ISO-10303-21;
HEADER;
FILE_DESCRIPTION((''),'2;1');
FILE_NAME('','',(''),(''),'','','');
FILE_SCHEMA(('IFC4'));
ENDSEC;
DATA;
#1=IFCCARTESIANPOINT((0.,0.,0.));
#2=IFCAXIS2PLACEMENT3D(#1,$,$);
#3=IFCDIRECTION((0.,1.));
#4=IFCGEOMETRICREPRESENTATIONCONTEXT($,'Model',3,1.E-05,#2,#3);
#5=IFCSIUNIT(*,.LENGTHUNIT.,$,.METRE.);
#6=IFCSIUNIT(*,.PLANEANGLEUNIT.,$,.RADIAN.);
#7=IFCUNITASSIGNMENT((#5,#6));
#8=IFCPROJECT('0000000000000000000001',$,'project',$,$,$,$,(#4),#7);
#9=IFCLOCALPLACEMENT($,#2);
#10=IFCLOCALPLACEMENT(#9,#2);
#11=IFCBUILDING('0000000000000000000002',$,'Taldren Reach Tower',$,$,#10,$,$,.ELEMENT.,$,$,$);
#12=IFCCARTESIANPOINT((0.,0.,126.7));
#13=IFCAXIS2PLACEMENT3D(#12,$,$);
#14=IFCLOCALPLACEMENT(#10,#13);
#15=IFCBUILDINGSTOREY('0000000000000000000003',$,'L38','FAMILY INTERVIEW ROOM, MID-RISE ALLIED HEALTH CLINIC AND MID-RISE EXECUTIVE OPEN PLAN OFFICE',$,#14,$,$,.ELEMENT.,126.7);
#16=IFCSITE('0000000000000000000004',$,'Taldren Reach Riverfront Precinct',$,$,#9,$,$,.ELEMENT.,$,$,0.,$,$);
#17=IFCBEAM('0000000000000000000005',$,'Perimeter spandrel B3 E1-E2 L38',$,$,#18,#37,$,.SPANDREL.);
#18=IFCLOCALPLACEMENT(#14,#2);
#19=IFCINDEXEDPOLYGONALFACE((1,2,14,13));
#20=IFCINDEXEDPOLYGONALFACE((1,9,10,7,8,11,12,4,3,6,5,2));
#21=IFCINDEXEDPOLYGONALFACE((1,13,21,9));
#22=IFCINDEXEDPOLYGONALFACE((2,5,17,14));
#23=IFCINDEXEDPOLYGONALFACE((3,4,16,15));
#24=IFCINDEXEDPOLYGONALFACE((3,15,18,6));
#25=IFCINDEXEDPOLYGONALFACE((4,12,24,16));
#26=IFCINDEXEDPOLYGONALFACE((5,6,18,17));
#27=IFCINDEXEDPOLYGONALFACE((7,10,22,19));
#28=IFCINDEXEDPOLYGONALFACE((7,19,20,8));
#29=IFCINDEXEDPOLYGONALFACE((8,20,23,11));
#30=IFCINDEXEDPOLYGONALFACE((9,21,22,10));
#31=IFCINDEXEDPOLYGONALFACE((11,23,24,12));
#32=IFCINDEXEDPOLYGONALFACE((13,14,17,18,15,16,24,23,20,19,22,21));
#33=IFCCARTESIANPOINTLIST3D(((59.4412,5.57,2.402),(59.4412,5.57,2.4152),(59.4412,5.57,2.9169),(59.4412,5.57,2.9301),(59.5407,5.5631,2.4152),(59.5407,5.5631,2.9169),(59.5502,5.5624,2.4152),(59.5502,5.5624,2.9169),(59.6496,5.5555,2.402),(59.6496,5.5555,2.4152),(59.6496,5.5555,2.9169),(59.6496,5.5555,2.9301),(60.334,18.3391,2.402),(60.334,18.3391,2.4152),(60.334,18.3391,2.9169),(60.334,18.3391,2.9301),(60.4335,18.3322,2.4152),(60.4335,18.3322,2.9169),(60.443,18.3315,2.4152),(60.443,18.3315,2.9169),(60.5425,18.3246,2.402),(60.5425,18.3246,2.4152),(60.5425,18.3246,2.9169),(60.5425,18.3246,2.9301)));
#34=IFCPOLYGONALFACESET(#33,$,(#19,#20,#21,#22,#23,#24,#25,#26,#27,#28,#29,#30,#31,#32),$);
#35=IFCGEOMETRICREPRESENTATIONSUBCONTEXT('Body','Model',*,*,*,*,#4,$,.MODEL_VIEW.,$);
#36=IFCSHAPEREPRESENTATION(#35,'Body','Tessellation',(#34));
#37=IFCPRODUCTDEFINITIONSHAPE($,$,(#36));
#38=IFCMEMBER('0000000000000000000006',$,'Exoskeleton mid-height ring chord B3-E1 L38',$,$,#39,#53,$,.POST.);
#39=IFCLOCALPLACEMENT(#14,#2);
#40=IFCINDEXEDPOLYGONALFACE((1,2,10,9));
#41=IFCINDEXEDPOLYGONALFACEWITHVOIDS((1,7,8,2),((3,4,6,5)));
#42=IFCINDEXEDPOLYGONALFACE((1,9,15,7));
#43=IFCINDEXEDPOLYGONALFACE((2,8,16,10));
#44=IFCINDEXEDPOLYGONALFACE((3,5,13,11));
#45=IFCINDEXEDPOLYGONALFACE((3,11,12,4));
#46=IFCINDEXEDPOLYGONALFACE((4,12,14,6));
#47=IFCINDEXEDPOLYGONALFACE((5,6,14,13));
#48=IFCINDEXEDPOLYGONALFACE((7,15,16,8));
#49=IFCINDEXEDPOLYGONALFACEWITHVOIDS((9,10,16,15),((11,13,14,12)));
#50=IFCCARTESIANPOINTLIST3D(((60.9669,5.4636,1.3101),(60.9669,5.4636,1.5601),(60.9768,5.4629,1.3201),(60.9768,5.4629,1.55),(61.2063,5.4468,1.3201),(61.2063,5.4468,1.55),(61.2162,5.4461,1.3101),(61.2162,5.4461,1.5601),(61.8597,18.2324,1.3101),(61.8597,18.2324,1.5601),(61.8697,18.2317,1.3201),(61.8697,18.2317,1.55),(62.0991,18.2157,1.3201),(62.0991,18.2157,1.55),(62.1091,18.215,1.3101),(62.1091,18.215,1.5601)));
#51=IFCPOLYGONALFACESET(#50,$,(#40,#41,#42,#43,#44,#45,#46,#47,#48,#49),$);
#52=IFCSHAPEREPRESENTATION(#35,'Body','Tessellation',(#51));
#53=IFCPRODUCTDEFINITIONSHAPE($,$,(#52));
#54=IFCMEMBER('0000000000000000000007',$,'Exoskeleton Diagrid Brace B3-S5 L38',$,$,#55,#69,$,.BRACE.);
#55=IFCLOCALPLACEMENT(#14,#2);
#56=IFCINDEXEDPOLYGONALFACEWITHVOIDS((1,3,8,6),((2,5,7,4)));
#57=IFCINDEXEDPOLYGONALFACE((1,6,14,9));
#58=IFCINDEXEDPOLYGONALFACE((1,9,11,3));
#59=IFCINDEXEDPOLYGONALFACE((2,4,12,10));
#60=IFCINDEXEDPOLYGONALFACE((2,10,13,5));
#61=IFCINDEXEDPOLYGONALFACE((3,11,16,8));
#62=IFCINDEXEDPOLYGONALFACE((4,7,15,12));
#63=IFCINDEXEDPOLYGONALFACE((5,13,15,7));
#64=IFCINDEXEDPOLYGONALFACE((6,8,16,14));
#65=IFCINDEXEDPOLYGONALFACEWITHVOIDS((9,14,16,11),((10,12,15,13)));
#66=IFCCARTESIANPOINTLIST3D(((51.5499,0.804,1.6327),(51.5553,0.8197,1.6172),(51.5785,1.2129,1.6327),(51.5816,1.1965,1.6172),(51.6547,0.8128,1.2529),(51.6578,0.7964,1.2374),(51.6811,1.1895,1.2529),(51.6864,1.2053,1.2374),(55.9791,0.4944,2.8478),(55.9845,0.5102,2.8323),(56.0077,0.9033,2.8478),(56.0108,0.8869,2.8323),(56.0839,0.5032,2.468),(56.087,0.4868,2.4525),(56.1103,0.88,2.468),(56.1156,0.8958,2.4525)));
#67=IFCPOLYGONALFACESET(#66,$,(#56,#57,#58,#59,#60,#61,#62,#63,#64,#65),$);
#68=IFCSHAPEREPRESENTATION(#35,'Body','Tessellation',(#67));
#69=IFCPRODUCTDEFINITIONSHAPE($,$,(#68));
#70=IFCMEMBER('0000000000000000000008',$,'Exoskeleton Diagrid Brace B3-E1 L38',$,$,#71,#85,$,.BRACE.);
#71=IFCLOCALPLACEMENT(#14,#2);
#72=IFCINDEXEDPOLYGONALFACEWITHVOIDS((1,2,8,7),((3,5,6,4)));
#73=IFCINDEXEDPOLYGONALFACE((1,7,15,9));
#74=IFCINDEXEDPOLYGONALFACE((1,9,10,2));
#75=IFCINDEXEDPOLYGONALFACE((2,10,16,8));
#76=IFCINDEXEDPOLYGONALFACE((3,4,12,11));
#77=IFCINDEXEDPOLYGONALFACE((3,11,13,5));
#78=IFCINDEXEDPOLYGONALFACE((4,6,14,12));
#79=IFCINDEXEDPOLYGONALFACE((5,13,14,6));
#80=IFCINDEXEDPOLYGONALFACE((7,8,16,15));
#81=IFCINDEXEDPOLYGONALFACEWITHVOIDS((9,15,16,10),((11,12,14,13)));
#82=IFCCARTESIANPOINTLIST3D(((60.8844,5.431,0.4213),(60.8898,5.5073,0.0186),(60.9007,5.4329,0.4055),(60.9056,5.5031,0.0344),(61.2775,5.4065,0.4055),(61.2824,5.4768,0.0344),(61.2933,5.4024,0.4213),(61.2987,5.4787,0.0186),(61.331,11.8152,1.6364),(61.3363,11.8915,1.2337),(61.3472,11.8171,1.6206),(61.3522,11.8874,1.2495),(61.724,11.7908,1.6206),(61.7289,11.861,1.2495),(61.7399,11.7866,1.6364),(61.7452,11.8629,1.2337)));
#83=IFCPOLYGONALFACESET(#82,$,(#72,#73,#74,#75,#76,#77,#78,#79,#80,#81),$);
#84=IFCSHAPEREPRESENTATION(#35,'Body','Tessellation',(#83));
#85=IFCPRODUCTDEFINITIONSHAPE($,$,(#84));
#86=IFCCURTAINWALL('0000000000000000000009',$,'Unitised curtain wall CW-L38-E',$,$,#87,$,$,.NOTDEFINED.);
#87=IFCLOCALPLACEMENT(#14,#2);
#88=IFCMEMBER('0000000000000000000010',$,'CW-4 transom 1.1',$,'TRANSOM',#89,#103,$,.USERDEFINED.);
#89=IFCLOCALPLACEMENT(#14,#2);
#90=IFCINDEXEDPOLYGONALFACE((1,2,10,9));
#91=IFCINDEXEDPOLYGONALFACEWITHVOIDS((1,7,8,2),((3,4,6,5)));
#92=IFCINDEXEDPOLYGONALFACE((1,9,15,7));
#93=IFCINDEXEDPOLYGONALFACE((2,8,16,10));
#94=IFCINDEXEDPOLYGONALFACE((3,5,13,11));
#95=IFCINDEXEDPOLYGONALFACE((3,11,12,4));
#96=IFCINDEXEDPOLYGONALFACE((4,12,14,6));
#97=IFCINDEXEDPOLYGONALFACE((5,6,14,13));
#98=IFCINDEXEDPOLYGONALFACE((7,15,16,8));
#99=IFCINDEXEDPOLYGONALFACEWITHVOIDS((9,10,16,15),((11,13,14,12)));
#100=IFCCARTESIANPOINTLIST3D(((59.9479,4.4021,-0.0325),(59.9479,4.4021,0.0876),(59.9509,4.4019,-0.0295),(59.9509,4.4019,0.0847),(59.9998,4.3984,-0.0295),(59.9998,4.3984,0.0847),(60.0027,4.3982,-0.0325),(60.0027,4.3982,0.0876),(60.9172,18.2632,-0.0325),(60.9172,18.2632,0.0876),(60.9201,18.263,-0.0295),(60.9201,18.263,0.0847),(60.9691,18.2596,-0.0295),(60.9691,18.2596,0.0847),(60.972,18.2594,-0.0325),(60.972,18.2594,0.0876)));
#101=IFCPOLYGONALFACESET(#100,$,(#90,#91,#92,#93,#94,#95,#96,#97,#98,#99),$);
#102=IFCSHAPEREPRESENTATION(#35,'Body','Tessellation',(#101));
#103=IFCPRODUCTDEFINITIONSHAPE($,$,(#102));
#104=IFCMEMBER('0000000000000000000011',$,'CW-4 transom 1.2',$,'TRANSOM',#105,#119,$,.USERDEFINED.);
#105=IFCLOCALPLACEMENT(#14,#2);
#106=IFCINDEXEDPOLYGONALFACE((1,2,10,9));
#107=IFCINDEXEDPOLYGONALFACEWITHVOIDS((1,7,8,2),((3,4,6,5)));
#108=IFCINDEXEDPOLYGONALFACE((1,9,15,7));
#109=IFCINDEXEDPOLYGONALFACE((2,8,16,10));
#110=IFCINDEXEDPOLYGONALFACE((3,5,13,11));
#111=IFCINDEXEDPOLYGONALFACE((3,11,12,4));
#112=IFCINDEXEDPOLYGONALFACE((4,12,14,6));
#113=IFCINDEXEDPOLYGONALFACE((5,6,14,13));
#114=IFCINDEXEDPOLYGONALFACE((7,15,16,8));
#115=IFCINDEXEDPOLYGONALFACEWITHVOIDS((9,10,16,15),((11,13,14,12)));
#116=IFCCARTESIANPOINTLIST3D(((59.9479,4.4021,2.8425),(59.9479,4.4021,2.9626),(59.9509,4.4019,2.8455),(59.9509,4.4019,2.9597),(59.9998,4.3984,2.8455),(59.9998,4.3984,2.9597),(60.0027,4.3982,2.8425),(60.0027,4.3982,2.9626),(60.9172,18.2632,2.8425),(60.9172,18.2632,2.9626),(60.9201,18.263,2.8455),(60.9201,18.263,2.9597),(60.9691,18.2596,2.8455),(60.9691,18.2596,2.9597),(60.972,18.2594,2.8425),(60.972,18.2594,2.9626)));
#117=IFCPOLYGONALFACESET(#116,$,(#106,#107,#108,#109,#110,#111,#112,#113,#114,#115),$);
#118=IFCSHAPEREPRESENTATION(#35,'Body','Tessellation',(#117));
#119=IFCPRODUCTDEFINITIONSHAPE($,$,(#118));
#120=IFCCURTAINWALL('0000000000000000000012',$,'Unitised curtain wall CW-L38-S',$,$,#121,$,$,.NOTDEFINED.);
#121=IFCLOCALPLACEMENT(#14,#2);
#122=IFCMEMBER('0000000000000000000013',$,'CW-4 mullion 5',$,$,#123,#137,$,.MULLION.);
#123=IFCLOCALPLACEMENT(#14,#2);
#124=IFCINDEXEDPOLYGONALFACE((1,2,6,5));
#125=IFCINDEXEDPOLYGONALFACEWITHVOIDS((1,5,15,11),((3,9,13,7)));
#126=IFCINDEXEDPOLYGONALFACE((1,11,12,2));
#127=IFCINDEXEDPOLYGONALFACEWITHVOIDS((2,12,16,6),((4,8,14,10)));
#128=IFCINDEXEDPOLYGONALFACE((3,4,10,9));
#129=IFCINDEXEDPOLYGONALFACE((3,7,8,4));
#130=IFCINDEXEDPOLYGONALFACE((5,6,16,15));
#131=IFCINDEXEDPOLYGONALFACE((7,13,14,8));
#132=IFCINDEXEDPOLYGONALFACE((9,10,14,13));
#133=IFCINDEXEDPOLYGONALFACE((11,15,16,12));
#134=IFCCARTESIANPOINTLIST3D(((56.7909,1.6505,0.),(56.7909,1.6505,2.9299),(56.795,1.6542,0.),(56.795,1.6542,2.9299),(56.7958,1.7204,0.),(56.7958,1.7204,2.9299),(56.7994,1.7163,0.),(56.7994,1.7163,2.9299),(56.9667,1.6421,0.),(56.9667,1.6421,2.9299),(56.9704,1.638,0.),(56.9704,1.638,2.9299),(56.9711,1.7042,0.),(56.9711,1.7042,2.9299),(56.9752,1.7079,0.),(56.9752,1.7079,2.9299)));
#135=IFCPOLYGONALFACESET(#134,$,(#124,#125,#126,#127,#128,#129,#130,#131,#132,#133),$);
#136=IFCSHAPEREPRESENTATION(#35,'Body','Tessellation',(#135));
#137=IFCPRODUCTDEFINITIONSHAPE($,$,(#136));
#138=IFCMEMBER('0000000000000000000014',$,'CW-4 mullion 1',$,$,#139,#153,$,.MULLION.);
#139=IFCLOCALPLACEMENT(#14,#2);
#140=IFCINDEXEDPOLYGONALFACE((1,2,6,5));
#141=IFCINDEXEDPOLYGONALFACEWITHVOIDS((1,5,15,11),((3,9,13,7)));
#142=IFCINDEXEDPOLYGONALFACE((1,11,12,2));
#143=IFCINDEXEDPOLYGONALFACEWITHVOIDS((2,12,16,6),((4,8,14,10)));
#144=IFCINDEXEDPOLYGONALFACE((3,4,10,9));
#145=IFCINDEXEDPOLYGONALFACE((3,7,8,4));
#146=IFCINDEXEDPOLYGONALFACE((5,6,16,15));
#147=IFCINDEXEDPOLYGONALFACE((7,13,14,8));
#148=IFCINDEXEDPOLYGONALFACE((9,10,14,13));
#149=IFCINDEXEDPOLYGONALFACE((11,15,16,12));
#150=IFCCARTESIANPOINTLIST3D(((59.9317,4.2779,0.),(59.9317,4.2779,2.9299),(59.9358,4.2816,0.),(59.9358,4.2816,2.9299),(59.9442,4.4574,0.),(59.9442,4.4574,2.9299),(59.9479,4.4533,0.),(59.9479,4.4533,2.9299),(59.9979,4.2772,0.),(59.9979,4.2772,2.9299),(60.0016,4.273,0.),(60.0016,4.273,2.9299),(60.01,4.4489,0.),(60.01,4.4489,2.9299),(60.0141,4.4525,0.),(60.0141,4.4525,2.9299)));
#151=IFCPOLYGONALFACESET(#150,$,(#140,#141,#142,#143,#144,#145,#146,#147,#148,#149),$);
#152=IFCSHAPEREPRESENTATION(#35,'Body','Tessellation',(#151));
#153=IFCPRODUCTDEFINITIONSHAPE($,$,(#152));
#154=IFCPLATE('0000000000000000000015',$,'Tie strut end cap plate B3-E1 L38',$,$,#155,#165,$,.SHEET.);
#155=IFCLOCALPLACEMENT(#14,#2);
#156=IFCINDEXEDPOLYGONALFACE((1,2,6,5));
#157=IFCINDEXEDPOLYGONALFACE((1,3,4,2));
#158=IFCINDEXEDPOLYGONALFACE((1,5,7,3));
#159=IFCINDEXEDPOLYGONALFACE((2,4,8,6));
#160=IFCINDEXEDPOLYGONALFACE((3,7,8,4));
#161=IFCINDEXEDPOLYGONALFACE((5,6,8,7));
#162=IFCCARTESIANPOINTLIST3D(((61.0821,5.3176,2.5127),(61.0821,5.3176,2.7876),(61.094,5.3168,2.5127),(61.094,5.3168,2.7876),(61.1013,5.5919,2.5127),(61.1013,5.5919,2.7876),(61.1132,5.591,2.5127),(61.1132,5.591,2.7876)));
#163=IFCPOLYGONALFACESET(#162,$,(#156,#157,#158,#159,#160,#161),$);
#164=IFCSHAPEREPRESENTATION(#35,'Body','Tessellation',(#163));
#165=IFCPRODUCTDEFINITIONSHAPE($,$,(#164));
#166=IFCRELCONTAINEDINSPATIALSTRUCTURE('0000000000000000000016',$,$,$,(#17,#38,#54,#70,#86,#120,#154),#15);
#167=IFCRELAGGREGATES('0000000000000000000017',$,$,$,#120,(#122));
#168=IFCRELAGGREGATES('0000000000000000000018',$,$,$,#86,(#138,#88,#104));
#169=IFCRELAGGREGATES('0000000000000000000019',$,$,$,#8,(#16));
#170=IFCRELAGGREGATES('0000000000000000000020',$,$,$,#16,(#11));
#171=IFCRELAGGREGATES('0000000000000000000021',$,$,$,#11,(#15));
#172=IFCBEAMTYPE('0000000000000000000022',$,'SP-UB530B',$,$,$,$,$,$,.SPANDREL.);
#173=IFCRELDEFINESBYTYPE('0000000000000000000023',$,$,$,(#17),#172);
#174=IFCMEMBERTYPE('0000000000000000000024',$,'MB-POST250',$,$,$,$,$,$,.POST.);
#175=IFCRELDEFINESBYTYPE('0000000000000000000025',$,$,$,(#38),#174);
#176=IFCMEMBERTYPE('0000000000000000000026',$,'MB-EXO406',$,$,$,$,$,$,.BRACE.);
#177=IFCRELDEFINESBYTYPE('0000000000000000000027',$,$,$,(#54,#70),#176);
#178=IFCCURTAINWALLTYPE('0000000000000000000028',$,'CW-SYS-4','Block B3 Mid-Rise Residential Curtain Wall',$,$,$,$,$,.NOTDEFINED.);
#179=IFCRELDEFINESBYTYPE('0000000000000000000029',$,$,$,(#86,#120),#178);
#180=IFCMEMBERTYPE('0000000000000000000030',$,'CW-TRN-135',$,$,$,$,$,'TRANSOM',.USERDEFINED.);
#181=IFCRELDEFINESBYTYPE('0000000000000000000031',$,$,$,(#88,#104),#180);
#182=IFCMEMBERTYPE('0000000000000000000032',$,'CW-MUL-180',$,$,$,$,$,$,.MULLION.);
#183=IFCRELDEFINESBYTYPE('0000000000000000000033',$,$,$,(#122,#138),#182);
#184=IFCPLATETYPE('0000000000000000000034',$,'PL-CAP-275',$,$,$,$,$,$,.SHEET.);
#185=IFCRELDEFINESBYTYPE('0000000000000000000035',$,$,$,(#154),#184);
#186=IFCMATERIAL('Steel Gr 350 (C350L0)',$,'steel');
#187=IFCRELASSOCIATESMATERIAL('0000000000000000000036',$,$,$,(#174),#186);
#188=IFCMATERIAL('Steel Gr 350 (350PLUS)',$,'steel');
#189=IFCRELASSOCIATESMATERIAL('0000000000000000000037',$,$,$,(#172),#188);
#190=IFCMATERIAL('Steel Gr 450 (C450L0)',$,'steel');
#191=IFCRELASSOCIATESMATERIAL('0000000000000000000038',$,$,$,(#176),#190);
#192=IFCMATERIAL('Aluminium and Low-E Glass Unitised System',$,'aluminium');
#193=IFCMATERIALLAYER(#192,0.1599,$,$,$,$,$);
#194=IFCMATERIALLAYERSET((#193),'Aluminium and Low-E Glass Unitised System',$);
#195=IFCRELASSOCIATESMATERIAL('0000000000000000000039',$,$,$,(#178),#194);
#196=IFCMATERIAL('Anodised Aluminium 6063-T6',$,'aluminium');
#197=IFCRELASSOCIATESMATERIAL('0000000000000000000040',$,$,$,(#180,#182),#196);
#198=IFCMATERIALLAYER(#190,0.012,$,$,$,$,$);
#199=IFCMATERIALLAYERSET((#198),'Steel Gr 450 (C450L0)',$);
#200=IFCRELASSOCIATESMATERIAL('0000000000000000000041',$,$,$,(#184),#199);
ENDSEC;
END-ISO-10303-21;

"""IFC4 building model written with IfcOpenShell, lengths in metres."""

from ifc_helpers import new_model, si_unit, direction, frame, origin, origin_2d, place, context, subcontext, project, spatial, rectangle, hollow_rectangle, i_section, extrude, source, transform, mapped, material, layer, layer_set, material_profile, profile_set, type_object, element, aggregate, save


model = new_model("IFC4")

# Units and contexts
model_context = context("Model", 3, precision=1e-05, world=origin(), true_north=direction((0.0, 1.0)))
body_context = subcontext(model_context, "Body", "Model", "MODEL_VIEW")
ifc_project = project(units=[si_unit("LENGTHUNIT", "METRE"), si_unit("PLANEANGLEUNIT", "RADIAN")], contexts=[model_context])

# Site, building, storey
site_placement = place(None, origin())
site = spatial("IfcSite", under=ifc_project, at=site_placement, Name="Taldren Reach Riverfront Precinct", CompositionType="ELEMENT", RefElevation=0.0)
building_placement = place(site_placement, origin())
building = spatial("IfcBuilding", under=site, at=building_placement, Name="Taldren Reach Tower", CompositionType="ELEMENT")
storey_placement = place(building_placement, frame((0.0, 0.0, 126.7)))
storey = spatial("IfcBuildingStorey", under=building, at=storey_placement, Name="L38", Description="FAMILY INTERVIEW ROOM, MID-RISE ALLIED HEALTH CLINIC AND MID-RISE EXECUTIVE OPEN PLAN OFFICE", CompositionType="ELEMENT", Elevation=126.7)

# Shared definitions
ifc_material_1 = material(Name="Steel Gr 450 (C450L0)", Category="steel")
ifc_material_2 = material(Name="Steel Gr 350 (350PLUS)", Category="steel")

# Shared definitions
ifc_material_3 = material(Name="Steel Gr 350 (C350L0)", Category="steel")
ifc_material_profile_1 = material_profile(ifc_material_3, hollow_rectangle(XDim=0.25, YDim=0.25, WallThickness=0.01, at=origin_2d()), Name="250x250x10.0SHS")
ifc_profile_set_1 = profile_set([ifc_material_profile_1], Name="Steel Gr 350 (C350L0)")
member_type_1 = type_object("IfcMemberType", Name="MB-POST250", PredefinedType="POST", material=ifc_profile_set_1)

# Beam
ifc_material_profile_2 = material_profile(ifc_material_2, i_section(OverallWidth=0.209, OverallDepth=0.5281, WebThickness=0.0095, FlangeThickness=0.0132, at=origin_2d()), Name="530UB82.0")
ifc_profile_set_2 = profile_set([ifc_material_profile_2], Name="Steel Gr 350 (350PLUS)")
beam_type_1 = type_object("IfcBeamType", Name="SP-UB530B", PredefinedType="SPANDREL", material=ifc_profile_set_2)
shared_shape_1 = source(origin(), body_context, "Body", "SweptSolid", [
    extrude(i_section(OverallWidth=0.209, OverallDepth=0.5281, WebThickness=0.0095, FlangeThickness=0.0132, at=origin_2d()), origin(), (0.0, 0.0, 1.0), 12.8003),
])
beam_1_placement = place(storey_placement, frame((59.5454, 5.5627, 2.666), z_axis=(0.069751, 0.997564, 0.0), x_axis=(-0.997564, 0.069751, 0.0)))
element("IfcBeam", 1, at=beam_1_placement, inside=storey, type_object=beam_type_1, Name="Perimeter spandrel B3 E1-E2 L38", PredefinedType="SPANDREL", context=body_context, shape_type="MappedRepresentation", body=[
    mapped(shared_shape_1, transform((0.0, 0.0, 0.0), scale=1.0)),
])

# Members
shared_shape_2 = source(origin(), body_context, "Body", "SweptSolid", [
    extrude(hollow_rectangle(XDim=0.25, YDim=0.25, WallThickness=0.01, at=origin_2d()), origin(), (0.0, 0.0, 1.0), 12.8),
])
member_1_placement = place(storey_placement, frame((61.0916, 5.4548, 1.4351), z_axis=(0.069752, 0.997564, 0.0), x_axis=(-0.997564, 0.069752, 0.0)))
element("IfcMember", 2, at=member_1_placement, inside=storey, type_object=member_type_1, Name="Exoskeleton mid-height ring chord B3-E1 L38", PredefinedType="POST", context=body_context, shape_type="MappedRepresentation", body=[
    mapped(shared_shape_2, transform((0.0, 0.0, 0.0), scale=1.0)),
])
ifc_material_profile_3 = material_profile(ifc_material_1, hollow_rectangle(XDim=0.4099, YDim=0.4099, WallThickness=0.0161, at=origin_2d()), Name="410x410x16.0SHS")
ifc_profile_set_3 = profile_set([ifc_material_profile_3], Name="Steel Gr 450 (C450L0)")
member_type_2 = type_object("IfcMemberType", Name="MB-EXO406", PredefinedType="BRACE", material=ifc_profile_set_3)
shared_shape_3 = source(origin(), body_context, "Body", "SweptSolid", [
    extrude(hollow_rectangle(XDim=0.4099, YDim=0.4099, WallThickness=0.0161, at=origin_2d()), origin(), (0.0, 0.0, 1.0), 4.6033),
])
member_2_placement = place(storey_placement, frame((51.6182, 1.0046, 1.4351), z_axis=(0.962186, -0.06725, 0.263962), x_axis=(0.069723, 0.997566, 0.0)))
element("IfcMember", 3, at=member_2_placement, inside=storey, type_object=member_type_2, Name="Exoskeleton Diagrid Brace B3-S5 L38", PredefinedType="BRACE", context=body_context, shape_type="MappedRepresentation", body=[
    mapped(shared_shape_3, transform((0.0, 0.0, 0.0), scale=1.0)),
])
shared_shape_4 = source(origin(), body_context, "Body", "SweptSolid", [
    extrude(hollow_rectangle(XDim=0.4099, YDim=0.4099, WallThickness=0.0161, at=origin_2d()), origin(), (0.0, 0.0, 1.0), 6.5142),
])
member_3_placement = place(storey_placement, frame((61.0916, 5.4548, 0.22), z_axis=(0.068548, 0.980055, 0.186529), x_axis=(-0.997563, 0.069772, 0.0)))
element("IfcMember", 4, at=member_3_placement, inside=storey, type_object=member_type_2, Name="Exoskeleton Diagrid Brace B3-E1 L38", PredefinedType="BRACE", context=body_context, shape_type="MappedRepresentation", body=[
    mapped(shared_shape_4, transform((0.0, 0.0, 0.0), scale=1.0)),
])

# Curtain wall, members
ifc_material_4 = material(Name="Aluminium and Low-E Glass Unitised System", Category="aluminium")
ifc_layer_1 = layer(ifc_material_4, 0.1599)
ifc_layer_set_1 = layer_set([ifc_layer_1], Name="Aluminium and Low-E Glass Unitised System")
curtain_wall_type = type_object("IfcCurtainWallType", Name="CW-SYS-4", Description="Block B3 Mid-Rise Residential Curtain Wall", PredefinedType="NOTDEFINED", material=ifc_layer_set_1)
curtain_wall_1_placement = place(storey_placement, origin())
curtain_wall_1 = element("IfcCurtainWall", 5, at=curtain_wall_1_placement, inside=storey, type_object=curtain_wall_type, Name="Unitised curtain wall CW-L38-E", PredefinedType="NOTDEFINED")
ifc_material_5 = material(Name="Anodised Aluminium 6063-T6", Category="aluminium")
ifc_material_profile_4 = material_profile(ifc_material_5, hollow_rectangle(XDim=0.0549, YDim=0.1201, WallThickness=0.0029, at=origin_2d()), Name="ALU-120x55x3RHS")
ifc_profile_set_4 = profile_set([ifc_material_profile_4], Name="Anodised Aluminium 6063-T6")
member_type_3 = type_object("IfcMemberType", Name="CW-TRN-135", ElementType="TRANSOM", PredefinedType="USERDEFINED", material=ifc_profile_set_4)
shared_shape_5 = source(origin(), body_context, "Body", "SweptSolid", [
    extrude(hollow_rectangle(XDim=0.0549, YDim=0.1201, WallThickness=0.0029, at=origin_2d()), origin(), (0.0, 0.0, 1.0), 13.895),
])
member_4_placement = place(storey_placement, frame((59.9753, 4.4001, 0.0276), z_axis=(0.069755, 0.997564, 0.0), x_axis=(-0.997564, 0.069755, 0.0)))
member_4 = element("IfcMember", 6, at=member_4_placement, type_object=member_type_3, Name="CW-4 transom 1.1", ObjectType="TRANSOM", PredefinedType="USERDEFINED", context=body_context, shape_type="MappedRepresentation", body=[
    mapped(shared_shape_5, transform((0.0, 0.0, 0.0), scale=1.0)),
])
member_5_placement = place(storey_placement, frame((59.9753, 4.4001, 2.9026), z_axis=(0.069755, 0.997564, 0.0), x_axis=(-0.997564, 0.069755, 0.0)))
member_5 = element("IfcMember", 7, at=member_5_placement, type_object=member_type_3, Name="CW-4 transom 1.2", ObjectType="TRANSOM", PredefinedType="USERDEFINED", context=body_context, shape_type="MappedRepresentation", body=[
    mapped(shared_shape_5, transform((0.0, 0.0, 0.0), scale=1.0)),
])

# Curtain wall, member
curtain_wall_2_placement = place(storey_placement, origin())
curtain_wall_2 = element("IfcCurtainWall", 8, at=curtain_wall_2_placement, inside=storey, type_object=curtain_wall_type, Name="Unitised curtain wall CW-L38-S", PredefinedType="NOTDEFINED")
ifc_material_profile_5 = material_profile(ifc_material_5, hollow_rectangle(XDim=0.0701, YDim=0.1799, WallThickness=0.0039, at=origin_2d()), Name="ALU-180x70x4RHS")
ifc_profile_set_5 = profile_set([ifc_material_profile_5], Name="Anodised Aluminium 6063-T6")
member_type_4 = type_object("IfcMemberType", Name="CW-MUL-180", PredefinedType="MULLION", material=ifc_profile_set_5)
shared_shape_6 = source(origin(), body_context, "Body", "SweptSolid", [
    extrude(hollow_rectangle(XDim=0.0701, YDim=0.1799, WallThickness=0.0039, at=origin_2d()), origin(), (0.0, 0.0, 1.0), 2.9299),
])
member_6_placement = place(storey_placement, frame((56.8831, 1.6792, 0.0), z_axis=(0.0, 0.0, 1.0), x_axis=(0.069757, 0.997564, 0.0)))
member_6 = element("IfcMember", 9, at=member_6_placement, type_object=member_type_4, Name="CW-4 mullion 5", PredefinedType="MULLION", context=body_context, shape_type="MappedRepresentation", body=[
    mapped(shared_shape_6, transform((0.0, 0.0, 0.0), scale=1.0)),
])

# Member
member_7_placement = place(storey_placement, frame((59.9729, 4.3652, 0.0), z_axis=(0.0, 0.0, 1.0), x_axis=(-0.997564, 0.069756, 0.0)))
member_7 = element("IfcMember", 10, at=member_7_placement, type_object=member_type_4, Name="CW-4 mullion 1", PredefinedType="MULLION", context=body_context, shape_type="MappedRepresentation", body=[
    mapped(shared_shape_6, transform((0.0, 0.0, 0.0), scale=1.0)),
])

# Plate
ifc_layer_2 = layer(ifc_material_1, 0.012)
ifc_layer_set_2 = layer_set([ifc_layer_2], Name="Steel Gr 450 (C450L0)")
plate_type_1 = type_object("IfcPlateType", Name="PL-CAP-275", PredefinedType="SHEET", material=ifc_layer_set_2)
shared_shape_7 = source(origin(), body_context, "Body", "SweptSolid", [
    extrude(rectangle(XDim=0.012, YDim=0.2749, at=origin_2d()), origin(), (0.0, 0.0, 1.0), 0.2749),
])
plate_1_placement = place(storey_placement, frame((61.0977, 5.4543, 2.5127), z_axis=(0.0, 0.0, 1.0), x_axis=(0.997564, -0.069756, 0.0)))
element("IfcPlate", 11, at=plate_1_placement, inside=storey, type_object=plate_type_1, Name="Tie strut end cap plate B3-E1 L38", PredefinedType="SHEET", context=body_context, shape_type="MappedRepresentation", body=[
    mapped(shared_shape_7, transform((0.0, 0.0, 0.0), scale=1.0)),
])

aggregate(curtain_wall_2, [member_6])
aggregate(curtain_wall_1, [member_7, member_4, member_5])

save(model, "model.ifc")
